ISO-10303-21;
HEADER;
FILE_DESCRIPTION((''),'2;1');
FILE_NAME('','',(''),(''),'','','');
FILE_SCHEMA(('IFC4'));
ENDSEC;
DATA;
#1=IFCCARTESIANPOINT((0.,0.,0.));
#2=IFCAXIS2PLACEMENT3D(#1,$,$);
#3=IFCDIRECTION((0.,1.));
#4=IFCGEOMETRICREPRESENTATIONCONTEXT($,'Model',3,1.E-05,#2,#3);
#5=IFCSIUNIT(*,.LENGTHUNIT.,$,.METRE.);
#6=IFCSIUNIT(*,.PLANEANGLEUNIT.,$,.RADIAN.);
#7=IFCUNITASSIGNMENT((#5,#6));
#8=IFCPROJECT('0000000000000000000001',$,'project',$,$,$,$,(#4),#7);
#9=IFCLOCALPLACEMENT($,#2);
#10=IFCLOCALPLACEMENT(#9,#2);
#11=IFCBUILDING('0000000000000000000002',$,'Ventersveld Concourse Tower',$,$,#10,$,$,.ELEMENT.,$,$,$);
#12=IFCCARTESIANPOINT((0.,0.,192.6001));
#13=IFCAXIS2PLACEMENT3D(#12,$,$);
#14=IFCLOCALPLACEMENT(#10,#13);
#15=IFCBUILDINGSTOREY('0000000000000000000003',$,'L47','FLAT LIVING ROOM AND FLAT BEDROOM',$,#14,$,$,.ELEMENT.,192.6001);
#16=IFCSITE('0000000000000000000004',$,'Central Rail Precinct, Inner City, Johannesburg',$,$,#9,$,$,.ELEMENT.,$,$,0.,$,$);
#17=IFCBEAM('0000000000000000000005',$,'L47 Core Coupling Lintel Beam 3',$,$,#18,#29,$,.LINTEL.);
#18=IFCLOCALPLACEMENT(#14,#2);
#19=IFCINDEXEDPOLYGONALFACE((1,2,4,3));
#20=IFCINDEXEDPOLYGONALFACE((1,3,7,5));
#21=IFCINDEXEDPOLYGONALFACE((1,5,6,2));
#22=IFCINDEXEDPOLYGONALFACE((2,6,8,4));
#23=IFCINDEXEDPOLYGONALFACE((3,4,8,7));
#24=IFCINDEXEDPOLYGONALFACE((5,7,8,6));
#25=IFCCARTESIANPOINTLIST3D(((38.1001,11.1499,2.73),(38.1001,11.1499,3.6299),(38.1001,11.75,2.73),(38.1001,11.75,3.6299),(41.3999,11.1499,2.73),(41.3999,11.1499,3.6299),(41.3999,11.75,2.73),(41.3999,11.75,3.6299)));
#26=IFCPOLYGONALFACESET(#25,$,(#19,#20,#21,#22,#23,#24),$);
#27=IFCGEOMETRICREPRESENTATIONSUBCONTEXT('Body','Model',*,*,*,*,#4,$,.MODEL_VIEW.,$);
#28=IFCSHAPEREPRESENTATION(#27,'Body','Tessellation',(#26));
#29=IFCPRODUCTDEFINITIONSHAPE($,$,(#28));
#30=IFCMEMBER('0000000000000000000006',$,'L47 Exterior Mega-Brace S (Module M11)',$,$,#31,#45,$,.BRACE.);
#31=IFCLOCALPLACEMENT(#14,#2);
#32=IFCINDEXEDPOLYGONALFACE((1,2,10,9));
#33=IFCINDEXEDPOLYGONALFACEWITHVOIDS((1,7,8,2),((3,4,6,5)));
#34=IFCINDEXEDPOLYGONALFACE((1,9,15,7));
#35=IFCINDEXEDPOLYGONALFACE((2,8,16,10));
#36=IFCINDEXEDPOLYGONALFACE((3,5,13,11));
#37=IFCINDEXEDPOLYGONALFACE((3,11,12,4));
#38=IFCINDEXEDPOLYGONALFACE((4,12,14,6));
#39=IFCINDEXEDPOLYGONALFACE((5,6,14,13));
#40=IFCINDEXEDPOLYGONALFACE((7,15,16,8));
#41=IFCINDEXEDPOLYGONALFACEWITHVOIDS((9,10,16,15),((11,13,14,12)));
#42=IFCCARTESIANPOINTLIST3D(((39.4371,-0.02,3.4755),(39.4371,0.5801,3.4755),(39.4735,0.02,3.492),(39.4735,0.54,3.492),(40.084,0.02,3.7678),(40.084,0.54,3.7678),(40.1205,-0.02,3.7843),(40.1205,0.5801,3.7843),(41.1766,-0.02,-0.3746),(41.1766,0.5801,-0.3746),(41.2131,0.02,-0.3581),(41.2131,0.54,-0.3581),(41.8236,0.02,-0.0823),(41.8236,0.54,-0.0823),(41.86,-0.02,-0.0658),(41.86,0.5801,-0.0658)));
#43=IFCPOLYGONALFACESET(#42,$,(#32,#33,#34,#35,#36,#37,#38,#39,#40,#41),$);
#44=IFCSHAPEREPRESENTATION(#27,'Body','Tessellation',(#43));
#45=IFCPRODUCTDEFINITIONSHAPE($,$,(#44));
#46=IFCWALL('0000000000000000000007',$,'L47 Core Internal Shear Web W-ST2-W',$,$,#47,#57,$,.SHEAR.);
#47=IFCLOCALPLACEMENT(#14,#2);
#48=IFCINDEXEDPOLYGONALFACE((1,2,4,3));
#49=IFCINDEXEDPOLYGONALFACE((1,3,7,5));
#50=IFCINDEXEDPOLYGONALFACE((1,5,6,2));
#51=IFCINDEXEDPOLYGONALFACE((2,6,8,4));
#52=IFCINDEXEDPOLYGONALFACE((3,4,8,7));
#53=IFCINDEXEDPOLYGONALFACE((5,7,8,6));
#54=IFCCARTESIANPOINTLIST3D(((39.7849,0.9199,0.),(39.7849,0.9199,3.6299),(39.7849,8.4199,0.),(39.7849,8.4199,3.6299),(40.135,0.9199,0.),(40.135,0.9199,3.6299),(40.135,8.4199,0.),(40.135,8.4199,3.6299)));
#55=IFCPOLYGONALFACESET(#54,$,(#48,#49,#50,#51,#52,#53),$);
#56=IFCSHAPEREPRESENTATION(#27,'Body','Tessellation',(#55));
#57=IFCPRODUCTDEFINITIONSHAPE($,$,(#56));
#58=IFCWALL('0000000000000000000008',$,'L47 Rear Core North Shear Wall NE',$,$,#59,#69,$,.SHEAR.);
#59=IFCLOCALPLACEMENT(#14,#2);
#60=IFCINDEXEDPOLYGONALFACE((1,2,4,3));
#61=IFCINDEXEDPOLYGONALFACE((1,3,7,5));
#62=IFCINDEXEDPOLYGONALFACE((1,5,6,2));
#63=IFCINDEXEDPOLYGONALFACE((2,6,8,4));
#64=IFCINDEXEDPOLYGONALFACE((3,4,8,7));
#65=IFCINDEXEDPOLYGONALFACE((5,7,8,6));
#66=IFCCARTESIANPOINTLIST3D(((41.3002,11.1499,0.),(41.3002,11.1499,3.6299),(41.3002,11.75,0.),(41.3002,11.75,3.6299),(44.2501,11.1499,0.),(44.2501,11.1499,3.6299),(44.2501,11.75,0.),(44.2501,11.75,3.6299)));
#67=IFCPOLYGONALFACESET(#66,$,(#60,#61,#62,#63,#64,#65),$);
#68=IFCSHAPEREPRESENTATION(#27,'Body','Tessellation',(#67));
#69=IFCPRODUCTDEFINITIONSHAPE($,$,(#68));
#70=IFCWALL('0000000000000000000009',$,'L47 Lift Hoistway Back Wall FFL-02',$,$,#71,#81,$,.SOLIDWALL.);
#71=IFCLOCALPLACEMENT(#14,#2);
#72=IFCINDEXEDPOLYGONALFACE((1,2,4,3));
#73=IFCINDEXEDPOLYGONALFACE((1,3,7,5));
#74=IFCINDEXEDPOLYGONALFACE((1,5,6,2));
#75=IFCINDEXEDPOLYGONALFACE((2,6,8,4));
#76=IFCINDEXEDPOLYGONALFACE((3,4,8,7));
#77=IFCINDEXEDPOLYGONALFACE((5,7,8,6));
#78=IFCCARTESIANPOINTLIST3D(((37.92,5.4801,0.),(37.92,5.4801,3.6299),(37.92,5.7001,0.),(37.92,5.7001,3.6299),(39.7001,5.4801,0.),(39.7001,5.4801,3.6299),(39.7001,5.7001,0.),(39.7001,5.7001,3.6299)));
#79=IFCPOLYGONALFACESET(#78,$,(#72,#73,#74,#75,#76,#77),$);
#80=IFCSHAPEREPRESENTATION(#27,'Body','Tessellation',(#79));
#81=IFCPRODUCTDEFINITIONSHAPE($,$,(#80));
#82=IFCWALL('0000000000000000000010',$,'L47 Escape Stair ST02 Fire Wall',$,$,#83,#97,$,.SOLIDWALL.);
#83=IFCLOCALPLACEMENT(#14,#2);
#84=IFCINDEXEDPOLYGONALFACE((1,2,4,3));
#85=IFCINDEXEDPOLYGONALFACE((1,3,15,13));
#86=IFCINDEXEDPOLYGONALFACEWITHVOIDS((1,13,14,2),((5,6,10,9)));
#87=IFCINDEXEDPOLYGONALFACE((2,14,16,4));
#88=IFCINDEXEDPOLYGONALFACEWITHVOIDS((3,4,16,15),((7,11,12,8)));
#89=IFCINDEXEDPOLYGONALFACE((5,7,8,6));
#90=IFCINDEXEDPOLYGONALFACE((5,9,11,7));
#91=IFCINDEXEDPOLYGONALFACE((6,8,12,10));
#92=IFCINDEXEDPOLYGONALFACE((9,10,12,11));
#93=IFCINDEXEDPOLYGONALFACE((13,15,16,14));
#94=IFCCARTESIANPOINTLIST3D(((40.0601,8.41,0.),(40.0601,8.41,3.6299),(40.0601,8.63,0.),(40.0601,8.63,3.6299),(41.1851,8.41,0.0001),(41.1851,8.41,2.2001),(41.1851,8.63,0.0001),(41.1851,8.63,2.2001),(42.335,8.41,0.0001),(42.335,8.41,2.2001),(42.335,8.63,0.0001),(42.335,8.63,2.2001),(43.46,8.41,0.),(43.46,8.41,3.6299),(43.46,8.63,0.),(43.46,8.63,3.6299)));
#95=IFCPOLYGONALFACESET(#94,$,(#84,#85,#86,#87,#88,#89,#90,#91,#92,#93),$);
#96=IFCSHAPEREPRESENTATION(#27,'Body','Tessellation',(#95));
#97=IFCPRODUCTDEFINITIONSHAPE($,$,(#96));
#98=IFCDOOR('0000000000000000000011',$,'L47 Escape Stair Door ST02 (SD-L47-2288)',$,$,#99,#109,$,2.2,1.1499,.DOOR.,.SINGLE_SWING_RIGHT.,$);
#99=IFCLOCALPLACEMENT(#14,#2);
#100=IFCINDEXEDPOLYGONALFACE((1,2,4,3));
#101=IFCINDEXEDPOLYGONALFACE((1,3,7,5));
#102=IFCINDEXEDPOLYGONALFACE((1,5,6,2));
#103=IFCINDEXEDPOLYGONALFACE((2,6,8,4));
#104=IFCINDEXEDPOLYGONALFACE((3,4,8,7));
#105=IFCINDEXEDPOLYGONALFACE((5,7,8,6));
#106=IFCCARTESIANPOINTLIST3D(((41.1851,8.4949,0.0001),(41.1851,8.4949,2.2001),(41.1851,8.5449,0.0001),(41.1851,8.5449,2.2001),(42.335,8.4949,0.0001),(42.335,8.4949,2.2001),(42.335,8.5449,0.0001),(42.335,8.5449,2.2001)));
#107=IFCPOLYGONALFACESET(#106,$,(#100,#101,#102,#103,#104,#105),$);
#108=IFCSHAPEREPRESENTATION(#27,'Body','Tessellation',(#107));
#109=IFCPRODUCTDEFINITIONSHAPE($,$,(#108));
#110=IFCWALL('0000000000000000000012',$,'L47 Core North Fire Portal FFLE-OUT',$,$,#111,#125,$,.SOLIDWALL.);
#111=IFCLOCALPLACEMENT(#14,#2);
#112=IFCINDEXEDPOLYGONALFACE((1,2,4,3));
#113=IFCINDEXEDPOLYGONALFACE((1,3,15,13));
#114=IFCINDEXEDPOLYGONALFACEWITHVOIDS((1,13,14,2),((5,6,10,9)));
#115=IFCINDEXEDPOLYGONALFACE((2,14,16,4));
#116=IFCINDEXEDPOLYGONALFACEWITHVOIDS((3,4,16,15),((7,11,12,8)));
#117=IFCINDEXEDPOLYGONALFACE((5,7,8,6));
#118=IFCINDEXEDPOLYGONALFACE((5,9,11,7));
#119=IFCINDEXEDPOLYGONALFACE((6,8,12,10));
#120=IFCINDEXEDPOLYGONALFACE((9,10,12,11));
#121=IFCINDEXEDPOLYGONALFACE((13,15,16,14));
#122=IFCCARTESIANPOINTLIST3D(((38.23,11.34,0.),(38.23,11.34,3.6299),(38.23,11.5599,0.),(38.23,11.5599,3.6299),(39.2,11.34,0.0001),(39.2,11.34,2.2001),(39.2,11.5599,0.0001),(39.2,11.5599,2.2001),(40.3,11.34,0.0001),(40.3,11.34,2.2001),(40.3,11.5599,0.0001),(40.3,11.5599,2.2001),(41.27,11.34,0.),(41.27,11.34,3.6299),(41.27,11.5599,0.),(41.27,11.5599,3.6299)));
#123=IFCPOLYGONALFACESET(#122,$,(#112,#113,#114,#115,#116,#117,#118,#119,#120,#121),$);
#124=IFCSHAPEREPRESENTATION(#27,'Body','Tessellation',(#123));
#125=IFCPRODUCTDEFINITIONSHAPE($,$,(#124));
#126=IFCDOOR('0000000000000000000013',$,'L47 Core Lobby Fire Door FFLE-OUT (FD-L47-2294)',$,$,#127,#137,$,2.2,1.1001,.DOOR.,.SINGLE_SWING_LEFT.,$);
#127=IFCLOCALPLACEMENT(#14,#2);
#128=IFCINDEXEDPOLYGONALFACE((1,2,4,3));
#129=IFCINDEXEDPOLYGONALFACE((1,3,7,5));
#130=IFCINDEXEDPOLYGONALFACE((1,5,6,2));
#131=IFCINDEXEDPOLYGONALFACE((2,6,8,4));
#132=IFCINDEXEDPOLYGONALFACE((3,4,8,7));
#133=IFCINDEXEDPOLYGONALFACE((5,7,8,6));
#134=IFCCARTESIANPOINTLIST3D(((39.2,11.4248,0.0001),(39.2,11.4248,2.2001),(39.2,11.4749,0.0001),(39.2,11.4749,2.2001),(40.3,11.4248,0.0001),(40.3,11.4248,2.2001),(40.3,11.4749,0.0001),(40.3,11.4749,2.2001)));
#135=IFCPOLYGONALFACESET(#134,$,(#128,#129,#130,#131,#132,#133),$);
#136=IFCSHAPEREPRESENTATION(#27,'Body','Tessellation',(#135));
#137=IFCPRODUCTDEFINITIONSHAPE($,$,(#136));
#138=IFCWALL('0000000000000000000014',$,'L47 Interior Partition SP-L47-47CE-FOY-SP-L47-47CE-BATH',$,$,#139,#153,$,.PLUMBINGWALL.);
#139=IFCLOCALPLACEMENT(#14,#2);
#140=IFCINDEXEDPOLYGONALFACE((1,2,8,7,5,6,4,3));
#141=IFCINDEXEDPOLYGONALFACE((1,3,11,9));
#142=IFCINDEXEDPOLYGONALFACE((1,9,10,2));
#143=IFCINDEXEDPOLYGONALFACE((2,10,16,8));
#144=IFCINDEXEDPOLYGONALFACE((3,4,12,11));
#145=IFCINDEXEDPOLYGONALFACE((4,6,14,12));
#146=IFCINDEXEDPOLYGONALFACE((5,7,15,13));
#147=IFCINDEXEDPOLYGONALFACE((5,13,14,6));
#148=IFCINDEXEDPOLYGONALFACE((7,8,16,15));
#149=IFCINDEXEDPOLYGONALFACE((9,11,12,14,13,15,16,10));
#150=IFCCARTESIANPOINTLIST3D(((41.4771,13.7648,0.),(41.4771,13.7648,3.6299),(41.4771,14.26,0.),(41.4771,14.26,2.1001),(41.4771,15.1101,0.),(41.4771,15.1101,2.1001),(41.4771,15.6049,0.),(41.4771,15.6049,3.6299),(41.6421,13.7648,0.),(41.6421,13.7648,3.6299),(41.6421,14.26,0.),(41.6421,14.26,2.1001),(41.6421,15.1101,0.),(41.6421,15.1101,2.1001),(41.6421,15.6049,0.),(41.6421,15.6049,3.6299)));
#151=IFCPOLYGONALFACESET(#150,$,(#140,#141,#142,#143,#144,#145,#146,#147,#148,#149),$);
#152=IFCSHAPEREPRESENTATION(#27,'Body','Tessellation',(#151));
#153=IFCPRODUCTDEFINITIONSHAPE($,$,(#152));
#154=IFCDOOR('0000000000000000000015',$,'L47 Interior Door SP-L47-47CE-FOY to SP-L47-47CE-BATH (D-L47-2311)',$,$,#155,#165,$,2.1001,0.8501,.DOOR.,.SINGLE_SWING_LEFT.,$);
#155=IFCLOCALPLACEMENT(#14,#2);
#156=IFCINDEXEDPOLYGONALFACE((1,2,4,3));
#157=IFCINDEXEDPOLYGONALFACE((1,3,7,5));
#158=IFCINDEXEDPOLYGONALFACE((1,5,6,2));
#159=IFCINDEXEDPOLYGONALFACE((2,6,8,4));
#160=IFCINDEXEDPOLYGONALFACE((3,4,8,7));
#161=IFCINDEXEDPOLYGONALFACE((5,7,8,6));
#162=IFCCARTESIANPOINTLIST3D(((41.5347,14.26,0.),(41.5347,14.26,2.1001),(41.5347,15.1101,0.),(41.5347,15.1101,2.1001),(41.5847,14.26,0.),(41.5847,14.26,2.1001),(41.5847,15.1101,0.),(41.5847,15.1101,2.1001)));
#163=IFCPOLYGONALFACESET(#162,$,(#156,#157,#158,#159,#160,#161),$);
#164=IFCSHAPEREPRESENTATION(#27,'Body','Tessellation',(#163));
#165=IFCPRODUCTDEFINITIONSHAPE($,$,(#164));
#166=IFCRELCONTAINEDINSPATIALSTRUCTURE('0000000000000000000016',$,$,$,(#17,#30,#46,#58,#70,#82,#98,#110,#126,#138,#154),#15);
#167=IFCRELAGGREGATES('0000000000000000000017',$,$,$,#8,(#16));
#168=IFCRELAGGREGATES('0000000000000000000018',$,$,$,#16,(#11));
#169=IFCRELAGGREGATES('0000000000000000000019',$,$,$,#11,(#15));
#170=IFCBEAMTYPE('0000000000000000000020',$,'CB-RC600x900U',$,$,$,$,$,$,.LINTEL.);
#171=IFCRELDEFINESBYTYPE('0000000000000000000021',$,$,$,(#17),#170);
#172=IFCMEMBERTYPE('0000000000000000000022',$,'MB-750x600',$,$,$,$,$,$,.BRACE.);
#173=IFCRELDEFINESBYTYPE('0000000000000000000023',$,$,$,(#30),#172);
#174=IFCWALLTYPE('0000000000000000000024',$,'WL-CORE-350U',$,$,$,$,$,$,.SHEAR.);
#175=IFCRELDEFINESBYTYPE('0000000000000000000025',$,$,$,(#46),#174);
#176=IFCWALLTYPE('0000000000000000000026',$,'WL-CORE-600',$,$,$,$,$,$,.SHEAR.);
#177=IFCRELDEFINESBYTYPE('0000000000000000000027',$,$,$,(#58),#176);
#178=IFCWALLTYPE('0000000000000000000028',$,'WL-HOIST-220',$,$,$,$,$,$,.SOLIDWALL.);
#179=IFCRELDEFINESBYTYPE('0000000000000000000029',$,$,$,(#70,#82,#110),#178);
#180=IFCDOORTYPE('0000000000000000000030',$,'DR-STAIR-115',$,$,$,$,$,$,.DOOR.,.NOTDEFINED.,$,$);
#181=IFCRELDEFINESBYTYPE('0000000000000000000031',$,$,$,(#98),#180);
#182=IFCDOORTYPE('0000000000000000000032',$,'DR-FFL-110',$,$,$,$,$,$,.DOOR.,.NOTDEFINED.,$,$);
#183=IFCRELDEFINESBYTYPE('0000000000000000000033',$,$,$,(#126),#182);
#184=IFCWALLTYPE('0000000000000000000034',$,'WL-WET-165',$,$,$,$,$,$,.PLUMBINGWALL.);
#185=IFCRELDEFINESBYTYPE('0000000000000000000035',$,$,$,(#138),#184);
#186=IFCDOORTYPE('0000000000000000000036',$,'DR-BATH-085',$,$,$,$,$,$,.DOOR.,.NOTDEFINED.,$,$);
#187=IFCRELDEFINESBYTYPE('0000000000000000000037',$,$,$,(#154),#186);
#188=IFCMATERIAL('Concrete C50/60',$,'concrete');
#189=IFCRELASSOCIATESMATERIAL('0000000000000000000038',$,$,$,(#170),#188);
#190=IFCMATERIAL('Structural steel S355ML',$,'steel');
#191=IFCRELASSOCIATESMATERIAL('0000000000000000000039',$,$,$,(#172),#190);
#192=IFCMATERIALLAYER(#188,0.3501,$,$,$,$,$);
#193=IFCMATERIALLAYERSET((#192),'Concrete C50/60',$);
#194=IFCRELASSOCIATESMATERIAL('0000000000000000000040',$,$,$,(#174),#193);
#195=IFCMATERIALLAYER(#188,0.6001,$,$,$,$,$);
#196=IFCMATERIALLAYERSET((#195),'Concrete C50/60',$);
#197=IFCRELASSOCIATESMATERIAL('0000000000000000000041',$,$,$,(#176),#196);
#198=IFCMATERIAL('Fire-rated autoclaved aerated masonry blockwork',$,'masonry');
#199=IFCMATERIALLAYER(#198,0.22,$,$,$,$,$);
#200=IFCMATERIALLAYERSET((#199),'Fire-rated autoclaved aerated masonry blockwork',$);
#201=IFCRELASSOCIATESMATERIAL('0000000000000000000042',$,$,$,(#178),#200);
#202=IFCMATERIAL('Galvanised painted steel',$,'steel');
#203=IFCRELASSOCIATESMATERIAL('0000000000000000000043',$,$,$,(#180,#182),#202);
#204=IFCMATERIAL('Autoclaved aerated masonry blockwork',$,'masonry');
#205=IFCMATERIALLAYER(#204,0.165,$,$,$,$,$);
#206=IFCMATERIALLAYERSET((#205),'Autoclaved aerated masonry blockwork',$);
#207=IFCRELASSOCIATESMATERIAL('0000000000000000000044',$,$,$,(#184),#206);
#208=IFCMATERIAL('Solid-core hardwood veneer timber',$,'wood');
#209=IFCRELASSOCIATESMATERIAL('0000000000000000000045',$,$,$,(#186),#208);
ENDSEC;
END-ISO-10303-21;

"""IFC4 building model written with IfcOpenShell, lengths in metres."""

from ifc_helpers import new_model, si_unit, direction, frame, frame_2d, origin, origin_2d, place, context, subcontext, project, spatial, rectangle, hollow_rectangle, extrude, material, layer, layer_set, material_profile, profile_set, type_object, element, fill, save


model = new_model("IFC4")

# Units and contexts
model_context = context("Model", 3, precision=1e-05, world=origin(), true_north=direction((0.0, 1.0)))
body_context = subcontext(model_context, "Body", "Model", "MODEL_VIEW")
ifc_project = project(units=[si_unit("LENGTHUNIT", "METRE"), si_unit("PLANEANGLEUNIT", "RADIAN")], contexts=[model_context])

# Site, building, storey
site_placement = place(None, origin())
site = spatial("IfcSite", under=ifc_project, at=site_placement, Name="Central Rail Precinct, Inner City, Johannesburg", CompositionType="ELEMENT", RefElevation=0.0)
building_placement = place(site_placement, origin())
building = spatial("IfcBuilding", under=site, at=building_placement, Name="Ventersveld Concourse Tower", CompositionType="ELEMENT")
storey_placement = place(building_placement, frame((0.0, 0.0, 192.6001)))
storey = spatial("IfcBuildingStorey", under=building, at=storey_placement, Name="L47", Description="FLAT LIVING ROOM AND FLAT BEDROOM", CompositionType="ELEMENT", Elevation=192.6001)

# Beam
ifc_material_1 = material(Name="Concrete C50/60", Category="concrete")
ifc_material_profile_1 = material_profile(ifc_material_1, rectangle(XDim=0.6001, YDim=0.8999, at=origin_2d()), Name="RC 600x900")
ifc_profile_set_1 = profile_set([ifc_material_profile_1], Name="Concrete C50/60")
beam_type = type_object("IfcBeamType", Name="CB-RC600x900U", PredefinedType="LINTEL", material=ifc_profile_set_1)
beam_placement = place(storey_placement, frame((38.1001, 11.45, 3.1799), z_axis=(1.0, 0.0, 0.0), x_axis=(0.0, 1.0, 0.0)))
element("IfcBeam", 1, at=beam_placement, inside=storey, type_object=beam_type, Name="L47 Core Coupling Lintel Beam 3", PredefinedType="LINTEL", context=body_context, shape_type="SweptSolid", body=[
    extrude(rectangle(XDim=0.6001, YDim=0.8999, at=origin_2d()), origin(), (0.0, 0.0, 1.0), 3.2998),
])

# Member
ifc_material_2 = material(Name="Structural steel S355ML", Category="steel")
ifc_material_profile_2 = material_profile(ifc_material_2, hollow_rectangle(XDim=0.6001, YDim=0.75, WallThickness=0.04, at=origin_2d()), Name="BOX 750x600x40")
ifc_profile_set_2 = profile_set([ifc_material_profile_2], Name="Structural steel S355ML")
member_type = type_object("IfcMemberType", Name="MB-750x600", PredefinedType="BRACE", material=ifc_profile_set_2)
member_placement = place(storey_placement, frame((41.5183, 0.28, -0.2202), z_axis=(-0.411734, 0.0, 0.911304), x_axis=(0.0, -1.0, 0.0)))
element("IfcMember", 2, at=member_placement, inside=storey, type_object=member_type, Name="L47 Exterior Mega-Brace S (Module M11)", PredefinedType="BRACE", context=body_context, shape_type="SweptSolid", body=[
    extrude(hollow_rectangle(XDim=0.6001, YDim=0.75, WallThickness=0.04, at=origin_2d()), origin(), (0.0, 0.0, 1.0), 4.2249),
])

# Walls
ifc_layer_1 = layer(ifc_material_1, 0.3501)
ifc_layer_set_1 = layer_set([ifc_layer_1], Name="Concrete C50/60")
wall_type_1 = type_object("IfcWallType", Name="WL-CORE-350U", PredefinedType="SHEAR", material=ifc_layer_set_1)
wall_1_placement = place(storey_placement, frame((39.96, 0.9199, 0.0), z_axis=(0.0, 0.0, 1.0), x_axis=(0.0, 1.0, 0.0)))
element("IfcWall", 3, at=wall_1_placement, inside=storey, type_object=wall_type_1, Name="L47 Core Internal Shear Web W-ST2-W", PredefinedType="SHEAR", context=body_context, shape_type="SweptSolid", body=[
    extrude(rectangle(XDim=7.5, YDim=0.3501, at=frame_2d((3.75, 0.0))), origin(), (0.0, 0.0, 1.0), 3.6299),
])
ifc_layer_2 = layer(ifc_material_1, 0.6001)
ifc_layer_set_2 = layer_set([ifc_layer_2], Name="Concrete C50/60")
wall_type_2 = type_object("IfcWallType", Name="WL-CORE-600", PredefinedType="SHEAR", material=ifc_layer_set_2)
wall_2_placement = place(storey_placement, frame((41.3, 11.45, 0.0), z_axis=(0.0, 0.0, 1.0), x_axis=(1.0, 0.0, 0.0)))
element("IfcWall", 4, at=wall_2_placement, inside=storey, type_object=wall_type_2, Name="L47 Rear Core North Shear Wall NE", PredefinedType="SHEAR", context=body_context, shape_type="SweptSolid", body=[
    extrude(rectangle(XDim=2.95, YDim=0.6001, at=frame_2d((1.4751, 0.0))), origin(), (0.0, 0.0, 1.0), 3.6299),
])
ifc_material_3 = material(Name="Fire-rated autoclaved aerated masonry blockwork", Category="masonry")
ifc_layer_3 = layer(ifc_material_3, 0.22)
ifc_layer_set_3 = layer_set([ifc_layer_3], Name="Fire-rated autoclaved aerated masonry blockwork")
wall_type_3 = type_object("IfcWallType", Name="WL-HOIST-220", PredefinedType="SOLIDWALL", material=ifc_layer_set_3)
wall_3_placement = place(storey_placement, frame((37.9199, 5.5901, 0.0), z_axis=(0.0, 0.0, 1.0), x_axis=(1.0, 0.0, 0.0)))
element("IfcWall", 5, at=wall_3_placement, inside=storey, type_object=wall_type_3, Name="L47 Lift Hoistway Back Wall FFL-02", PredefinedType="SOLIDWALL", context=body_context, shape_type="SweptSolid", body=[
    extrude(rectangle(XDim=1.78, YDim=0.22, at=frame_2d((0.8901, 0.0))), origin(), (0.0, 0.0, 1.0), 3.6299),
])

# Walls, openings, doors
wall_4_placement = place(storey_placement, frame((40.0601, 8.52, 0.0), z_axis=(0.0, 0.0, 1.0), x_axis=(1.0, 0.0, 0.0)))
wall_4 = element("IfcWall", 6, at=wall_4_placement, inside=storey, type_object=wall_type_3, Name="L47 Escape Stair ST02 Fire Wall", PredefinedType="SOLIDWALL", context=body_context, shape_type="SweptSolid", body=[
    extrude(rectangle(XDim=3.3999, YDim=0.22, at=frame_2d((1.7, 0.0))), origin(), (0.0, 0.0, 1.0), 3.6299),
])
opening_1_placement = place(wall_4_placement, frame((1.125, 0.0, 0.0)))
opening_1 = element("IfcOpeningElement", 7, at=opening_1_placement, cuts=wall_4, PredefinedType="OPENING", context=body_context, shape_type="SweptSolid", body=[
    extrude(rectangle(XDim=1.1499, YDim=2.2, at=frame_2d((0.575, 1.1001))), frame((0.0, 0.1201, 0.0), z_axis=(0.0, -1.0, 0.0), x_axis=(1.0, 0.0, 0.0)), (0.0, 0.0, 1.0), 0.24),
])
ifc_material_4 = material(Name="Galvanised painted steel", Category="steel")
door_type_1 = type_object("IfcDoorType", Name="DR-STAIR-115", OperationType="NOTDEFINED", PredefinedType="DOOR", material=ifc_material_4)
door_1_placement = place(opening_1_placement, origin())
door_1 = element("IfcDoor", 8, at=door_1_placement, inside=storey, type_object=door_type_1, Name="L47 Escape Stair Door ST02 (SD-L47-2288)", OperationType="SINGLE_SWING_RIGHT", OverallHeight=2.2, OverallWidth=1.1499, PredefinedType="DOOR", context=body_context, shape_type="SweptSolid", body=[
    extrude(rectangle(XDim=1.1499, YDim=2.2, at=frame_2d((0.575, 1.1001))), frame((0.0, 0.0249, 0.0), z_axis=(0.0, -1.0, 0.0), x_axis=(1.0, 0.0, 0.0)), (0.0, 0.0, 1.0), 0.05),
])
fill(opening_1, door_1)
wall_5_placement = place(storey_placement, frame((38.23, 11.45, 0.0), z_axis=(0.0, 0.0, 1.0), x_axis=(1.0, 0.0, 0.0)))
wall_5 = element("IfcWall", 9, at=wall_5_placement, inside=storey, type_object=wall_type_3, Name="L47 Core North Fire Portal FFLE-OUT", PredefinedType="SOLIDWALL", context=body_context, shape_type="SweptSolid", body=[
    extrude(rectangle(XDim=3.04, YDim=0.22, at=frame_2d((1.52, 0.0))), origin(), (0.0, 0.0, 1.0), 3.6299),
])
opening_2_placement = place(wall_5_placement, frame((0.97, 0.0, 0.0)))
opening_2 = element("IfcOpeningElement", 10, at=opening_2_placement, cuts=wall_5, PredefinedType="OPENING", context=body_context, shape_type="SweptSolid", body=[
    extrude(rectangle(XDim=1.1001, YDim=2.2, at=frame_2d((0.55, 1.1001))), frame((0.0, 0.1201, 0.0), z_axis=(0.0, -1.0, 0.0), x_axis=(1.0, 0.0, 0.0)), (0.0, 0.0, 1.0), 0.24),
])
door_type_2 = type_object("IfcDoorType", Name="DR-FFL-110", OperationType="NOTDEFINED", PredefinedType="DOOR", material=ifc_material_4)
door_2_placement = place(opening_2_placement, origin())
door_2 = element("IfcDoor", 11, at=door_2_placement, inside=storey, type_object=door_type_2, Name="L47 Core Lobby Fire Door FFLE-OUT (FD-L47-2294)", OperationType="SINGLE_SWING_LEFT", OverallHeight=2.2, OverallWidth=1.1001, PredefinedType="DOOR", context=body_context, shape_type="SweptSolid", body=[
    extrude(rectangle(XDim=1.1001, YDim=2.2, at=frame_2d((0.55, 1.1001))), frame((0.0, 0.0249, 0.0), z_axis=(0.0, -1.0, 0.0), x_axis=(1.0, 0.0, 0.0)), (0.0, 0.0, 1.0), 0.05),
])
fill(opening_2, door_2)
ifc_material_5 = material(Name="Autoclaved aerated masonry blockwork", Category="masonry")
ifc_layer_4 = layer(ifc_material_5, 0.165)
ifc_layer_set_4 = layer_set([ifc_layer_4], Name="Autoclaved aerated masonry blockwork")
wall_type_4 = type_object("IfcWallType", Name="WL-WET-165", PredefinedType="PLUMBINGWALL", material=ifc_layer_set_4)
wall_6_placement = place(storey_placement, frame((41.5596, 13.7649, 0.0), z_axis=(0.0, 0.0, 1.0), x_axis=(0.0, 1.0, 0.0)))
wall_6 = element("IfcWall", 12, at=wall_6_placement, inside=storey, type_object=wall_type_4, Name="L47 Interior Partition SP-L47-47CE-FOY-SP-L47-47CE-BATH", PredefinedType="PLUMBINGWALL", context=body_context, shape_type="SweptSolid", body=[
    extrude(rectangle(XDim=1.8401, YDim=0.165, at=frame_2d((0.9199, 0.0))), origin(), (0.0, 0.0, 1.0), 3.6299),
])
opening_3_placement = place(wall_6_placement, frame((0.4951, 0.0, 0.0)))
opening_3 = element("IfcOpeningElement", 13, at=opening_3_placement, cuts=wall_6, PredefinedType="OPENING", context=body_context, shape_type="SweptSolid", body=[
    extrude(rectangle(XDim=0.8501, YDim=2.1001, at=frame_2d((0.425, 1.05))), frame((0.0, 0.0925, 0.0), z_axis=(0.0, -1.0, 0.0), x_axis=(1.0, 0.0, 0.0)), (0.0, 0.0, 1.0), 0.1851),
])
ifc_material_6 = material(Name="Solid-core hardwood veneer timber", Category="wood")
door_type_3 = type_object("IfcDoorType", Name="DR-BATH-085", OperationType="NOTDEFINED", PredefinedType="DOOR", material=ifc_material_6)
door_3_placement = place(opening_3_placement, origin())
door_3 = element("IfcDoor", 14, at=door_3_placement, inside=storey, type_object=door_type_3, Name="L47 Interior Door SP-L47-47CE-FOY to SP-L47-47CE-BATH (D-L47-2311)", OperationType="SINGLE_SWING_LEFT", OverallHeight=2.1001, OverallWidth=0.8501, PredefinedType="DOOR", context=body_context, shape_type="SweptSolid", body=[
    extrude(rectangle(XDim=0.8501, YDim=2.1001, at=frame_2d((0.425, 1.05))), frame((0.0, 0.0249, 0.0), z_axis=(0.0, -1.0, 0.0), x_axis=(1.0, 0.0, 0.0)), (0.0, 0.0, 1.0), 0.05),
])
fill(opening_3, door_3)

save(model, "model.ifc")
